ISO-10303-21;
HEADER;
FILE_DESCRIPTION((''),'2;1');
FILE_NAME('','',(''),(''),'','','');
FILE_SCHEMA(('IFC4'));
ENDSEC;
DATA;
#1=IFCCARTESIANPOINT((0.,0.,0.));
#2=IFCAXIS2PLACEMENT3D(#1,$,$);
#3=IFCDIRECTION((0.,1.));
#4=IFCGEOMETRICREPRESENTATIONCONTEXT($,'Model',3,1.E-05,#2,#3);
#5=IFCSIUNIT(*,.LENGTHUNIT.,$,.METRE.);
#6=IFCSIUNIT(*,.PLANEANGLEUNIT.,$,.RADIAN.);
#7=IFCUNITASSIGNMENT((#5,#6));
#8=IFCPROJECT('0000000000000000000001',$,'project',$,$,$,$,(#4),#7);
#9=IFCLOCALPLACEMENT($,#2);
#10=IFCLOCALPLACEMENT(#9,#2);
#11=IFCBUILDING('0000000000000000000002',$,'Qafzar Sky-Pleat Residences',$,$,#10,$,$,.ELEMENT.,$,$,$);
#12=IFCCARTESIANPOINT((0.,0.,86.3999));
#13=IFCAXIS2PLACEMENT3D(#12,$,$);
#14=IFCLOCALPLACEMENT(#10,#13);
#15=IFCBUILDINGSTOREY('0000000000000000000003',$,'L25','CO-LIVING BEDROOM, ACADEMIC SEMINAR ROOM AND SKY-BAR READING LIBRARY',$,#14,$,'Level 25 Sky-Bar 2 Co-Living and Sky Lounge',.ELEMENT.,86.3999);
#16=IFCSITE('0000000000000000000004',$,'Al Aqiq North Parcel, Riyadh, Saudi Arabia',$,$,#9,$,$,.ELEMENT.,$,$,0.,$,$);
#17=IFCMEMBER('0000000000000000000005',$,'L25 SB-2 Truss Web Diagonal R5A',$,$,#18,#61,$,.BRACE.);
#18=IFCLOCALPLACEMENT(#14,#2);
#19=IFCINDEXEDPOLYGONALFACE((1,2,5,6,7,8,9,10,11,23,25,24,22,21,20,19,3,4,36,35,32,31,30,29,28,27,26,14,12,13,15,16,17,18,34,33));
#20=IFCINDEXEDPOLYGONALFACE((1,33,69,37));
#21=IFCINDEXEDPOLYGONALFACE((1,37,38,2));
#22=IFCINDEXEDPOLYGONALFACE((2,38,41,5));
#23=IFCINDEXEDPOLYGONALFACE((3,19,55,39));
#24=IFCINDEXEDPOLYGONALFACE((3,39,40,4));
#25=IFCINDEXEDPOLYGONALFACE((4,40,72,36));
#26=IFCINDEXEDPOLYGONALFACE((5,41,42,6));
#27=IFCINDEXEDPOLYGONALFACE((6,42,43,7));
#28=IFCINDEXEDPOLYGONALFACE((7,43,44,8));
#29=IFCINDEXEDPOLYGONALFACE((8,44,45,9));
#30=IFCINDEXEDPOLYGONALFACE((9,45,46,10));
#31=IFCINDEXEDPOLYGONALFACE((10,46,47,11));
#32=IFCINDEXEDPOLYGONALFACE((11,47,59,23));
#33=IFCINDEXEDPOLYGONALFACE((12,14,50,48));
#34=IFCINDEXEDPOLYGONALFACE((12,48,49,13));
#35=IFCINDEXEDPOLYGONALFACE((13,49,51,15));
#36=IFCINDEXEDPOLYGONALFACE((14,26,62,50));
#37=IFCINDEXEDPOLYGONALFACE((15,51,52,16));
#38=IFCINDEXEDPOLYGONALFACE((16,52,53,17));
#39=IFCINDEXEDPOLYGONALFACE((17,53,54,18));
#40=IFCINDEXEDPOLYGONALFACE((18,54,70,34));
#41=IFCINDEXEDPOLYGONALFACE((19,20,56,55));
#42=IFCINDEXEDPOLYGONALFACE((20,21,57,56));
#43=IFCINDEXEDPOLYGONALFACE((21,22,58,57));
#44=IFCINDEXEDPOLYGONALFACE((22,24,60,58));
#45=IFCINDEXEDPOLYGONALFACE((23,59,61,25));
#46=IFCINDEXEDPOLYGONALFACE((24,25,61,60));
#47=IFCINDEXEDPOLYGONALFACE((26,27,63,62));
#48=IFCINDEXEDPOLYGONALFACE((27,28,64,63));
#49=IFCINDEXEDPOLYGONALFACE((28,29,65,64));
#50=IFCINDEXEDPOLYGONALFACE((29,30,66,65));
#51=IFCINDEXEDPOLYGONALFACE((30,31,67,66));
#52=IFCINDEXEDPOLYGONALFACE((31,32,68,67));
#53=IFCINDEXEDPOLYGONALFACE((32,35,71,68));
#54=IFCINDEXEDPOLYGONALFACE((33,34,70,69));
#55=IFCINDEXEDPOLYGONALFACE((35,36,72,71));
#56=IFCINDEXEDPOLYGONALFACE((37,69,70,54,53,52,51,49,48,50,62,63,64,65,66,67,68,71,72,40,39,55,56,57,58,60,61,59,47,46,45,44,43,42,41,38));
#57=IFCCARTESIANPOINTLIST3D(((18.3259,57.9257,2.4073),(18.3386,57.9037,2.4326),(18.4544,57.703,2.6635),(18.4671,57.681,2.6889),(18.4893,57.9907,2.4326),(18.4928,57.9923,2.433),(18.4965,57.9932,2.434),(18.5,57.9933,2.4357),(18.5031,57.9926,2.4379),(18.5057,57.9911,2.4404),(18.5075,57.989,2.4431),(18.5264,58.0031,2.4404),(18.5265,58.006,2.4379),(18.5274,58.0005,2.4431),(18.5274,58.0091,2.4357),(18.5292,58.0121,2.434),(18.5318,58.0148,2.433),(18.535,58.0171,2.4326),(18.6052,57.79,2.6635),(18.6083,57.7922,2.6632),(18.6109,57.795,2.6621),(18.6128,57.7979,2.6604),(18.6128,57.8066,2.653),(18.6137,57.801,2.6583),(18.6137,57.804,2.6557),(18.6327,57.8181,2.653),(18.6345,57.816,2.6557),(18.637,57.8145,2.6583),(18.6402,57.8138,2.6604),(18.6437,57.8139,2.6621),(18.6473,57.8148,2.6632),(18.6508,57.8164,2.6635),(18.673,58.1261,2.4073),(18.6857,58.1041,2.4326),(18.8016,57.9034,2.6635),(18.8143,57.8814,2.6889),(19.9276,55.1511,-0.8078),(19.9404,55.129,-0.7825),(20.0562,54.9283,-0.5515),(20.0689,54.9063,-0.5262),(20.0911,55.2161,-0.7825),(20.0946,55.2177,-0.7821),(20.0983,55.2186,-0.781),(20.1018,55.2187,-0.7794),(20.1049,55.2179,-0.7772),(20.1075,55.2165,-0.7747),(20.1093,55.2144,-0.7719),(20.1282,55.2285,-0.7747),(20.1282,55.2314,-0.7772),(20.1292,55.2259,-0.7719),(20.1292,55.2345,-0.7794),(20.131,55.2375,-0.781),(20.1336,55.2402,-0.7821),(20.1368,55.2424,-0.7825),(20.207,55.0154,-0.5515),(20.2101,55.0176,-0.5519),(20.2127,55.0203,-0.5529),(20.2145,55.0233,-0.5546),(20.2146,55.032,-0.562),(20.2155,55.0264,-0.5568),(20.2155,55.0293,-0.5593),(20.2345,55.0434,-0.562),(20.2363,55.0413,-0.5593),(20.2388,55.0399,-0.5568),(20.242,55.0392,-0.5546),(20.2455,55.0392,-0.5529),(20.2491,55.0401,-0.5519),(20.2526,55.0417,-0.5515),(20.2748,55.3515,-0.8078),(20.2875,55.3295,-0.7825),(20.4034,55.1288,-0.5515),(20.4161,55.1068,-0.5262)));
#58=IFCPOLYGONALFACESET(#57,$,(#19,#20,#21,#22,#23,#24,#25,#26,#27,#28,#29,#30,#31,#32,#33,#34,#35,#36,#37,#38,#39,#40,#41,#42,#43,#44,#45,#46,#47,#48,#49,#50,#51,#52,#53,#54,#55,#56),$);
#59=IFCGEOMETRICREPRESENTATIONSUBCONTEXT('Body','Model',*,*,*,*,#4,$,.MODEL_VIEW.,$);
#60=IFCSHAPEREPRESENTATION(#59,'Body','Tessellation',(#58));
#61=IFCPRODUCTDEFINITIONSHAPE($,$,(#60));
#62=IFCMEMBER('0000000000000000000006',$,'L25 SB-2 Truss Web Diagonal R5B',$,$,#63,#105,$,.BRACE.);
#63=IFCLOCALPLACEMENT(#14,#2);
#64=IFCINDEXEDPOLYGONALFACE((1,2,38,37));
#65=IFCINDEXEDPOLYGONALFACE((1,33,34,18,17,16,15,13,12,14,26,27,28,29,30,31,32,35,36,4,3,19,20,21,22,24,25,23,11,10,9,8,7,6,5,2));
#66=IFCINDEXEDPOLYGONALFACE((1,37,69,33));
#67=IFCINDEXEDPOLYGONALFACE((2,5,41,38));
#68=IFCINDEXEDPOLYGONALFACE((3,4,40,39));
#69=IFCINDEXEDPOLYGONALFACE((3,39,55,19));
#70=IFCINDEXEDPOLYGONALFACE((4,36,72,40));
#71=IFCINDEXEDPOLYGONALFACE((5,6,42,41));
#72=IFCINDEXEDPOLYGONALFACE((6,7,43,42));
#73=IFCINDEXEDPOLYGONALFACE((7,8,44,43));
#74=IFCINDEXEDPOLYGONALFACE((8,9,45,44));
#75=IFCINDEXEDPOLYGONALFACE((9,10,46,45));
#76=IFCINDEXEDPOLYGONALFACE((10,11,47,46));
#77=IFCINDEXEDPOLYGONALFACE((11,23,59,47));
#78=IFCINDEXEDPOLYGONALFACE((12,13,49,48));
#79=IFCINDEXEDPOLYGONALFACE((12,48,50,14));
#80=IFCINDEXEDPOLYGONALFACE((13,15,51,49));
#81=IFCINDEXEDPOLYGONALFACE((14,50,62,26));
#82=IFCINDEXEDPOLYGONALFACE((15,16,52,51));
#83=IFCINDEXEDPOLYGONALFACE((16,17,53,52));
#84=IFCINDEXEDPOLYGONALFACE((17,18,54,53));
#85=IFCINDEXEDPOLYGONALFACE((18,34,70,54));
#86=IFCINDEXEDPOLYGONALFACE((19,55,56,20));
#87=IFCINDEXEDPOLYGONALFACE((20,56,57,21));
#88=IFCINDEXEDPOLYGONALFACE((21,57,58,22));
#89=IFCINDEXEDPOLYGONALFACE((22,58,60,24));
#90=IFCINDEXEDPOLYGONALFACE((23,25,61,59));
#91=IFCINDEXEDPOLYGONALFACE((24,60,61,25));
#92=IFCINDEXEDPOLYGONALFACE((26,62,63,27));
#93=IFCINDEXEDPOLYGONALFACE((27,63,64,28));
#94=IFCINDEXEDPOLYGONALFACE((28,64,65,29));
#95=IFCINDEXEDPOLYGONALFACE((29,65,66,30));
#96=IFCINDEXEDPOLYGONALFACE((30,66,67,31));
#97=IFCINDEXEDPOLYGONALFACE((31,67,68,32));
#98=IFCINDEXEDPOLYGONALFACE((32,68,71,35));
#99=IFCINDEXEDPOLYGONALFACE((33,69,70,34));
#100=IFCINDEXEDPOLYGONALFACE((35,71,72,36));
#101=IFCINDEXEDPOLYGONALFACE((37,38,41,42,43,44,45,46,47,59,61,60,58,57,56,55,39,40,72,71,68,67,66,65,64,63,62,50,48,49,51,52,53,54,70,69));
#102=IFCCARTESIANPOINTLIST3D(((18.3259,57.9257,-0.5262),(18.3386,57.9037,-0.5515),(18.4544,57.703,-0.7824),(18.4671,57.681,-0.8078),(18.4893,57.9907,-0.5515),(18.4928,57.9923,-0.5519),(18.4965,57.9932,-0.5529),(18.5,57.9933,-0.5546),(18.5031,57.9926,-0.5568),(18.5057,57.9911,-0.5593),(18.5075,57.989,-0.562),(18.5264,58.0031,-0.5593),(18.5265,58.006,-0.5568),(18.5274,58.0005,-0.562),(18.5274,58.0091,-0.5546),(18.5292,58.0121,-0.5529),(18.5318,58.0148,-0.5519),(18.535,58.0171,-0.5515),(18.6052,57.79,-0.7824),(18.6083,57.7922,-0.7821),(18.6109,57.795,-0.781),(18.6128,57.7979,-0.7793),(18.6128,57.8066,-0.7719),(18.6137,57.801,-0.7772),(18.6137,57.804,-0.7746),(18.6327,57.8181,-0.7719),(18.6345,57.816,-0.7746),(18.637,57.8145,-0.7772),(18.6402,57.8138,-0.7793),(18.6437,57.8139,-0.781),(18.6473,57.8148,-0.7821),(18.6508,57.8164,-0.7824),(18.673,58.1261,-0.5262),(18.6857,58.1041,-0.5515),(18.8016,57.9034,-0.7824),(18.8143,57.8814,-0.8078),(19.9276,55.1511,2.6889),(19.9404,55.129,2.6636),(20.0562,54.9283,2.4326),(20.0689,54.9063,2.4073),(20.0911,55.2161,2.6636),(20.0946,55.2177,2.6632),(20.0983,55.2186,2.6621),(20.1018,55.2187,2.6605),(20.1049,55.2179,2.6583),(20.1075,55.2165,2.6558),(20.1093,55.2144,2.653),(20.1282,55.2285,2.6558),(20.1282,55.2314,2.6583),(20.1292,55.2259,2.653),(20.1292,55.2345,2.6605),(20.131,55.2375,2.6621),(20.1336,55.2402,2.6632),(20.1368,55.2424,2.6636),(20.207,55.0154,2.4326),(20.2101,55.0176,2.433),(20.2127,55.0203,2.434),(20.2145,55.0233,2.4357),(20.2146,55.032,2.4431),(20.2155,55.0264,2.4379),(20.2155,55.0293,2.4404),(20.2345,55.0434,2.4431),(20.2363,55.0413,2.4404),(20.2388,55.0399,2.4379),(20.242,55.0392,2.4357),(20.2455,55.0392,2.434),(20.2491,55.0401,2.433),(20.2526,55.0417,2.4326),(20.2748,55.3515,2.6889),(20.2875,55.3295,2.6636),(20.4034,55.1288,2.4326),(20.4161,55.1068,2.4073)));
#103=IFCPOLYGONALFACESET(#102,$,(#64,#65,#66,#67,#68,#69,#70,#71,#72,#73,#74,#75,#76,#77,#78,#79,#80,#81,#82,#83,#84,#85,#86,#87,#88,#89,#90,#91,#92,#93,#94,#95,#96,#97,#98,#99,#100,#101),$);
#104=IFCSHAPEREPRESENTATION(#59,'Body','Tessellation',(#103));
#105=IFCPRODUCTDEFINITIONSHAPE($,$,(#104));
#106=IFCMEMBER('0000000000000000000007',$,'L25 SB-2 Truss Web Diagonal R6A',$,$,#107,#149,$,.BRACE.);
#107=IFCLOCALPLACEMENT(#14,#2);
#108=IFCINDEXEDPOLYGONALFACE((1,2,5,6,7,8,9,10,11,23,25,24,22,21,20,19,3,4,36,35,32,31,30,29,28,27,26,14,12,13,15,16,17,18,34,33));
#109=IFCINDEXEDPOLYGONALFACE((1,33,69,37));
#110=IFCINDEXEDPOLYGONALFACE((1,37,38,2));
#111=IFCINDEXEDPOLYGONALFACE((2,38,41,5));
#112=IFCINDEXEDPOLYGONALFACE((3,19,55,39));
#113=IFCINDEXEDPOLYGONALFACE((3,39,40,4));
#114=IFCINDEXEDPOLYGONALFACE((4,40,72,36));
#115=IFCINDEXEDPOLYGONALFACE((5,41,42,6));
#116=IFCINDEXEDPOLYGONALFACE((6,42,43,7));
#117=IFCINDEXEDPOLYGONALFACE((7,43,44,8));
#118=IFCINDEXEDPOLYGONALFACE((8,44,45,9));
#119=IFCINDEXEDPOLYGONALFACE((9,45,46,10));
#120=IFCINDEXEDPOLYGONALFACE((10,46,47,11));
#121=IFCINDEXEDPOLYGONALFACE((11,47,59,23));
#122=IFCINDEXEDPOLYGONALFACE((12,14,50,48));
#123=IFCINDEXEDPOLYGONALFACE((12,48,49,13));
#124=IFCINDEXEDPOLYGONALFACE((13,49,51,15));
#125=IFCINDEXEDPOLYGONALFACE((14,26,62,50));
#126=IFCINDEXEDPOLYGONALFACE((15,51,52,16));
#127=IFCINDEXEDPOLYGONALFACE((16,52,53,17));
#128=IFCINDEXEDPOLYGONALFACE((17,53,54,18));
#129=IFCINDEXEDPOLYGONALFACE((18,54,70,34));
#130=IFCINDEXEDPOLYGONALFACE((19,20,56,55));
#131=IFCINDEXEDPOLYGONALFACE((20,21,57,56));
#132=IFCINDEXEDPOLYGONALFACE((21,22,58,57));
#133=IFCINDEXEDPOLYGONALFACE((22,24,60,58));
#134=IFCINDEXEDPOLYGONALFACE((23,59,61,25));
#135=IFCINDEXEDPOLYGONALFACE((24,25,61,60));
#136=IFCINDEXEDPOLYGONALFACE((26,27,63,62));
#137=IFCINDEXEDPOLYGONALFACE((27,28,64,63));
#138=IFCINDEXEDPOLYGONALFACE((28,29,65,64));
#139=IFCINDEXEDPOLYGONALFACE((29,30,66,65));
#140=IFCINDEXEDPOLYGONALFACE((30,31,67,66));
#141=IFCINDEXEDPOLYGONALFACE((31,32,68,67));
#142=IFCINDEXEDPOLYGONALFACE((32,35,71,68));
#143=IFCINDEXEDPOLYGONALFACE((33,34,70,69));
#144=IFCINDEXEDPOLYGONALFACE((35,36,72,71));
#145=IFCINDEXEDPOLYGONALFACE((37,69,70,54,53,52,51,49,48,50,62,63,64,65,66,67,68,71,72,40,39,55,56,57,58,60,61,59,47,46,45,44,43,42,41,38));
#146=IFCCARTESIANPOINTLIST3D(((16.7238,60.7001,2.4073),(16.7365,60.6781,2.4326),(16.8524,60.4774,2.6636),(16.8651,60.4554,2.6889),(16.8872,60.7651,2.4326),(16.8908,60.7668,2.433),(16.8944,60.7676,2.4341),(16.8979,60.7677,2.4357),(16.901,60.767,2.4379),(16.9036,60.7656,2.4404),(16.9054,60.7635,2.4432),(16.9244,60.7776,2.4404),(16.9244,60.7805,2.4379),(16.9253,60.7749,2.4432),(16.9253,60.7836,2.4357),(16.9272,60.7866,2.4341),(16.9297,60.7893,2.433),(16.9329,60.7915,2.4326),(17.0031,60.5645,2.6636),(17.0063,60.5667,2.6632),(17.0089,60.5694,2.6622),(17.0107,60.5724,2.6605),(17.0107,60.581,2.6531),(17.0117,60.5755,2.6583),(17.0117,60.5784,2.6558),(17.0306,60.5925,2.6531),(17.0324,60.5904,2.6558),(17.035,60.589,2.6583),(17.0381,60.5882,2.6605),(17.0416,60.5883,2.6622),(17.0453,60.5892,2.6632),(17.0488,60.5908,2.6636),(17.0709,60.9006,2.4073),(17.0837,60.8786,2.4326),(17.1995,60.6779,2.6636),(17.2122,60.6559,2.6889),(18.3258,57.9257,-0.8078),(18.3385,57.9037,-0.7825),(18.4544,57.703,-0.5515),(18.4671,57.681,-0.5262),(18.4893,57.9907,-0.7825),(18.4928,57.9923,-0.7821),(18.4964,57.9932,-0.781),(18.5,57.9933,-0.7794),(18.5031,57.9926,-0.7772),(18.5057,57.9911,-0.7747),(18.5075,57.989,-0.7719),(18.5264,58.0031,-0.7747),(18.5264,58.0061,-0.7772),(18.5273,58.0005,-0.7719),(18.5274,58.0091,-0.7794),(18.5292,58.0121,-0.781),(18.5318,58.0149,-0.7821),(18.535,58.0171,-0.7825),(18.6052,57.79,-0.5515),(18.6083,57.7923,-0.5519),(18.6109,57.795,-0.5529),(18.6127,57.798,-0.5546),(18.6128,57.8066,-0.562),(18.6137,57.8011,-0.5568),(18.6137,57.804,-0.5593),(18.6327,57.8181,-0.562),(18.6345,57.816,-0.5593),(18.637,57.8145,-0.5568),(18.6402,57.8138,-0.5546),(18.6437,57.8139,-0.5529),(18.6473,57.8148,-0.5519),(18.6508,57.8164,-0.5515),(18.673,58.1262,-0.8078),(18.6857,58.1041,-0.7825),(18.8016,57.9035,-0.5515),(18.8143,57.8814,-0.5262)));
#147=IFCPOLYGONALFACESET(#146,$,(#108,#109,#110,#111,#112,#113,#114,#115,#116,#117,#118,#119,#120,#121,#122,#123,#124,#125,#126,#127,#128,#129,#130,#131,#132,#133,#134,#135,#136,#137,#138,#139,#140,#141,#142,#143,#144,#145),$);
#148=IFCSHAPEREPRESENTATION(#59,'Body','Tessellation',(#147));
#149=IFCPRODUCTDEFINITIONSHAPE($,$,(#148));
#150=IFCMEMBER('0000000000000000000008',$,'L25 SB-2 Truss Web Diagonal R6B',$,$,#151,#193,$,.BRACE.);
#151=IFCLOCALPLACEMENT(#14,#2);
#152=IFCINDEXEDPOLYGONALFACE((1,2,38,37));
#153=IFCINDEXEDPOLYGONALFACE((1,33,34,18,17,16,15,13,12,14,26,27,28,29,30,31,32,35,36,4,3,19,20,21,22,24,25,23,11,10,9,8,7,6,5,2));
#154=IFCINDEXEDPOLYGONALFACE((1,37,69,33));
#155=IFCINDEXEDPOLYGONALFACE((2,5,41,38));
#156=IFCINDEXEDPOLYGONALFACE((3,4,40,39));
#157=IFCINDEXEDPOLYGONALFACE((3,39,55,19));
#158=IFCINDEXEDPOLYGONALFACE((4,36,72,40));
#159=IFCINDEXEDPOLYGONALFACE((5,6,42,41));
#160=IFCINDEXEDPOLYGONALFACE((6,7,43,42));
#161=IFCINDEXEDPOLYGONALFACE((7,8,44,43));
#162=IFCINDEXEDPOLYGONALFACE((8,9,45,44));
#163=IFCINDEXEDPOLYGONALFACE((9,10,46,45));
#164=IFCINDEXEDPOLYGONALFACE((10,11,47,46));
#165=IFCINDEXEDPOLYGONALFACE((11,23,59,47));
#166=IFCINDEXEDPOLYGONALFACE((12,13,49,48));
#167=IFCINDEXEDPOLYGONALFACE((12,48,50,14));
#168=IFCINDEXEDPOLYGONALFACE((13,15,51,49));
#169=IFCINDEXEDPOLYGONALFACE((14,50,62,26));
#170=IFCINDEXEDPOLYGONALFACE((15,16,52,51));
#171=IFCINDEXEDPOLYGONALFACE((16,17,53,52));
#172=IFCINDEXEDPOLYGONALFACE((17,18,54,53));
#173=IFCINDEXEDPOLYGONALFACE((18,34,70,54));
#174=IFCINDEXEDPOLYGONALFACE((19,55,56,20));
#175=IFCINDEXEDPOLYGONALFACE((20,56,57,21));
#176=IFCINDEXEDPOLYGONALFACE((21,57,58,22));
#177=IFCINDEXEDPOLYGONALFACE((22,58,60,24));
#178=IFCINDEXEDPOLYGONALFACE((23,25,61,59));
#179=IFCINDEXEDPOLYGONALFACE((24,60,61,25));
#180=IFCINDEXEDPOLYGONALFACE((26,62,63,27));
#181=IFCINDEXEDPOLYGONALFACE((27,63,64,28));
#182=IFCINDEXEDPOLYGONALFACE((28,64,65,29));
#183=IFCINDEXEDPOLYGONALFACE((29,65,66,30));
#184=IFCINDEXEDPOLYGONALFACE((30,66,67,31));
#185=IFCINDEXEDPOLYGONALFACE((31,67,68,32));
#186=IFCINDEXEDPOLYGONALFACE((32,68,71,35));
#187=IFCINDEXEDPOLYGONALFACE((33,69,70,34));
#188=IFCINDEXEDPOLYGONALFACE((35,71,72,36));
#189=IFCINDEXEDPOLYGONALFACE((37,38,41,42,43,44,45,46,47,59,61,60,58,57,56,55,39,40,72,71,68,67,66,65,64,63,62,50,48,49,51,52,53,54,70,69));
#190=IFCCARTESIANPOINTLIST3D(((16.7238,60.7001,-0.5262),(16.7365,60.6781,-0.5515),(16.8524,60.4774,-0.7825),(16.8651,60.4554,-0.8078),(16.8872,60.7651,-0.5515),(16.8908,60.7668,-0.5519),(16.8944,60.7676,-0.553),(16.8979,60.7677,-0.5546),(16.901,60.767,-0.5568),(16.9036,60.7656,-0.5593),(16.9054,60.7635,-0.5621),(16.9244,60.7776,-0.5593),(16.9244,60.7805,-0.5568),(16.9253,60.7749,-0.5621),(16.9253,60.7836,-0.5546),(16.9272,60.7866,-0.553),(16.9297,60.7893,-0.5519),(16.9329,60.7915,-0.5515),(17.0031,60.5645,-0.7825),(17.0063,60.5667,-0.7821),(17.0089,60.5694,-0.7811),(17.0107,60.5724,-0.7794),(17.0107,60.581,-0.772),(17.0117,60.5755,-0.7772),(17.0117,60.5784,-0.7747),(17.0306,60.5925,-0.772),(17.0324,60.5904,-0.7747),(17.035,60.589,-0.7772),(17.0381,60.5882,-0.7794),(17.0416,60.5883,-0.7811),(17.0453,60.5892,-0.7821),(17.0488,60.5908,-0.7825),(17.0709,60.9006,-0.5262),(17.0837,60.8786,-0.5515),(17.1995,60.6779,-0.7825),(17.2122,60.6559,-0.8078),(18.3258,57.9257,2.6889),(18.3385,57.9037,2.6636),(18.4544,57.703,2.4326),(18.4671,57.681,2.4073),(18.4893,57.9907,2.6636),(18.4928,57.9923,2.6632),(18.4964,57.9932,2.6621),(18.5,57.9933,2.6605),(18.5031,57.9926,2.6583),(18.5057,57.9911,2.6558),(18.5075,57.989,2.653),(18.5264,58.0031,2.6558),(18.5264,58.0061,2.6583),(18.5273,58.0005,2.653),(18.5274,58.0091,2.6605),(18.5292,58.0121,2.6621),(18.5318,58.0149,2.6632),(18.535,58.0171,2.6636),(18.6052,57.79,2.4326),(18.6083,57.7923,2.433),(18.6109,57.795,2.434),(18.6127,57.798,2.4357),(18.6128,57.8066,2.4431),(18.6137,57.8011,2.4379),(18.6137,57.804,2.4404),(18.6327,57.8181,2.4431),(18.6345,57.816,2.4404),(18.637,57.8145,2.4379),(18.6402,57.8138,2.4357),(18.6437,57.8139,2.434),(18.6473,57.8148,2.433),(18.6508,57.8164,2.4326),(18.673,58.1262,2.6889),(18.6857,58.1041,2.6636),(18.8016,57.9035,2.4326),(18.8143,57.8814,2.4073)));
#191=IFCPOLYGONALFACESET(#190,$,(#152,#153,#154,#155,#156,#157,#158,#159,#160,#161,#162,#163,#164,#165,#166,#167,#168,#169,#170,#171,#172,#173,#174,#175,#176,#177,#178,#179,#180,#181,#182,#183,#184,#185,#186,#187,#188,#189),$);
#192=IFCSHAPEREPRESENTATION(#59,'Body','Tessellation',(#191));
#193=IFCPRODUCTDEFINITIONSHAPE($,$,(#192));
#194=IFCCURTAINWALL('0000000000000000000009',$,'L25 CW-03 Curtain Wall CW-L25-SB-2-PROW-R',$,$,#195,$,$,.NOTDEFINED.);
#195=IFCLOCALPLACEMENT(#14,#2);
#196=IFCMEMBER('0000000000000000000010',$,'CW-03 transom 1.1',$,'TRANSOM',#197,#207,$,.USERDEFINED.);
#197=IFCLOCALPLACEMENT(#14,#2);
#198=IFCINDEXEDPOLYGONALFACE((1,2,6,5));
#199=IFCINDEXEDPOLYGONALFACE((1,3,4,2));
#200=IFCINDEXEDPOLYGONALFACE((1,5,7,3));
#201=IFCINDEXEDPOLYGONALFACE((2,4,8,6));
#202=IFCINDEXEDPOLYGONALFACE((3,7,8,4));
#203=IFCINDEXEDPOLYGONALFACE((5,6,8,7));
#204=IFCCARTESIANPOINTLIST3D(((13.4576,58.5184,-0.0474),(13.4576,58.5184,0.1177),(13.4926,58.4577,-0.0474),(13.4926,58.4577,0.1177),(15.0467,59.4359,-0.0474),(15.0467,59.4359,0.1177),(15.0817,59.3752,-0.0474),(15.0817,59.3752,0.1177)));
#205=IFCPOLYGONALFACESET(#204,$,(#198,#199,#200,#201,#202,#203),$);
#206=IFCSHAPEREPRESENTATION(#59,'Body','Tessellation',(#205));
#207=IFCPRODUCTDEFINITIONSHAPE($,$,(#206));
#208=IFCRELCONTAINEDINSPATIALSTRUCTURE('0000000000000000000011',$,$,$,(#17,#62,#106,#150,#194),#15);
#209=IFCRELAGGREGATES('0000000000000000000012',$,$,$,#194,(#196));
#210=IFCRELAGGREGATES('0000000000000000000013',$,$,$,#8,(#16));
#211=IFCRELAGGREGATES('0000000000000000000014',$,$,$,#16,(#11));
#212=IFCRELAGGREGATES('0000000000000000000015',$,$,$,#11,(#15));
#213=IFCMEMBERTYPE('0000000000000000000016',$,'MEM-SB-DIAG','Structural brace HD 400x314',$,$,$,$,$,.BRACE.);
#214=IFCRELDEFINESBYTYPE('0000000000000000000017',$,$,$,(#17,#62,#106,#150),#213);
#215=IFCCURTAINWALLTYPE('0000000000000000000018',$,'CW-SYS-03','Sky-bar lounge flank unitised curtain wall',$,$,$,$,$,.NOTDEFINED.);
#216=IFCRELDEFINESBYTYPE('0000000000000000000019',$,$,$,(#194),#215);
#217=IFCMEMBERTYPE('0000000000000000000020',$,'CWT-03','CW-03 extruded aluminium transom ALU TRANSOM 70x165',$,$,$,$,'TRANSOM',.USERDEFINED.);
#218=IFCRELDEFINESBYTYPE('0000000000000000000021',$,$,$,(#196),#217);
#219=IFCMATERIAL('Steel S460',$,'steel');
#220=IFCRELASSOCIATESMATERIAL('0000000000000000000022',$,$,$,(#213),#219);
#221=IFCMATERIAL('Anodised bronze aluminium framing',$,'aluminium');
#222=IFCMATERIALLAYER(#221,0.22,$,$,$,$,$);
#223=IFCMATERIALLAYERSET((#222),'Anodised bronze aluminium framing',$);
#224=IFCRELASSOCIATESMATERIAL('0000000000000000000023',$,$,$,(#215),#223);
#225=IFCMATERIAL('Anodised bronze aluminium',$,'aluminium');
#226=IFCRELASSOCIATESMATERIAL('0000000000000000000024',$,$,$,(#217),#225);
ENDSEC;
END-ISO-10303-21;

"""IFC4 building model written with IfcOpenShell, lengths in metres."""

from ifc_helpers import new_model, si_unit, direction, frame, origin, origin_2d, place, context, subcontext, project, spatial, rectangle, i_section, extrude, source, transform, mapped, material, layer, layer_set, material_profile, profile_set, type_object, element, aggregate, save


model = new_model("IFC4")

# Units and contexts
model_context = context("Model", 3, precision=1e-05, world=origin(), true_north=direction((0.0, 1.0)))
body_context = subcontext(model_context, "Body", "Model", "MODEL_VIEW")
ifc_project = project(units=[si_unit("LENGTHUNIT", "METRE"), si_unit("PLANEANGLEUNIT", "RADIAN")], contexts=[model_context])

# Site, building, storey
site_placement = place(None, origin())
site = spatial("IfcSite", under=ifc_project, at=site_placement, Name="Al Aqiq North Parcel, Riyadh, Saudi Arabia", CompositionType="ELEMENT", RefElevation=0.0)
building_placement = place(site_placement, origin())
building = spatial("IfcBuilding", under=site, at=building_placement, Name="Qafzar Sky-Pleat Residences", CompositionType="ELEMENT")
storey_placement = place(building_placement, frame((0.0, 0.0, 86.3999)))
storey = spatial("IfcBuildingStorey", under=building, at=storey_placement, Name="L25", Description="CO-LIVING BEDROOM, ACADEMIC SEMINAR ROOM AND SKY-BAR READING LIBRARY", LongName="Level 25 Sky-Bar 2 Co-Living and Sky Lounge", CompositionType="ELEMENT", Elevation=86.3999)

# Members
ifc_material_1 = material(Name="Steel S460", Category="steel")
ifc_material_profile_1 = material_profile(ifc_material_1, i_section(OverallWidth=0.4009, OverallDepth=0.3989, WebThickness=0.0229, FlangeThickness=0.0359, FilletRadius=0.0149, at=origin_2d()), Name="HD 400x314")
ifc_profile_set_1 = profile_set([ifc_material_profile_1], Name="Steel S460")
member_type_1 = type_object("IfcMemberType", Name="MEM-SB-DIAG", Description="Structural brace HD 400x314", PredefinedType="BRACE", material=ifc_profile_set_1)
shared_shape_1 = source(origin(), body_context, "Body", "SweptSolid", [
    extrude(i_section(OverallWidth=0.4009, OverallDepth=0.3989, WebThickness=0.0229, FlangeThickness=0.0359, FilletRadius=0.0149, at=origin_2d()), origin(), (0.0, 0.0, 1.0), 4.5388),
])
for number, where, z_axis, x_axis, name in (
    (1, (20.1719, 55.1289, -0.667), (-0.352909, 0.611311, 0.708346), (-0.866045, -0.499967, 0.0), "L25 SB-2 Truss Web Diagonal R5A"),
    (2, (20.1719, 55.1289, 2.5481), (-0.352909, 0.611311, -0.708346), (-0.866045, -0.499967, 0.0), "L25 SB-2 Truss Web Diagonal R5B"),
    (3, (18.5701, 57.9036, -0.667), (-0.352968, 0.611266, 0.708356), (-0.865993, -0.500057, 0.0), "L25 SB-2 Truss Web Diagonal R6A"),
    (4, (18.5701, 57.9036, 2.5481), (-0.352968, 0.611266, -0.708356), (-0.865993, -0.500057, 0.0), "L25 SB-2 Truss Web Diagonal R6B"),
):
    element("IfcMember", number, at=place(storey_placement, frame(where, z_axis=z_axis, x_axis=x_axis)), inside=storey, type_object=member_type_1, Name=name, PredefinedType="BRACE", context=body_context, shape_type="MappedRepresentation", body=[
        mapped(shared_shape_1, transform((0.0, 0.0, 0.0), x_axis=(1.0, 0.0, 0.0), y_axis=(0.0, 1.0, 0.0), z_axis=(0.0, 0.0, 1.0), scale=1.0)),
    ])

# Curtain wall, member
ifc_material_2 = material(Name="Anodised bronze aluminium framing", Category="aluminium")
ifc_layer_1 = layer(ifc_material_2, 0.22)
ifc_layer_set_1 = layer_set([ifc_layer_1], Name="Anodised bronze aluminium framing")
curtain_wall_type = type_object("IfcCurtainWallType", Name="CW-SYS-03", Description="Sky-bar lounge flank unitised curtain wall", PredefinedType="NOTDEFINED", material=ifc_layer_set_1)
curtain_wall_placement = place(storey_placement, origin())
curtain_wall = element("IfcCurtainWall", 5, at=curtain_wall_placement, inside=storey, type_object=curtain_wall_type, Name="L25 CW-03 Curtain Wall CW-L25-SB-2-PROW-R", PredefinedType="NOTDEFINED")
ifc_material_3 = material(Name="Anodised bronze aluminium", Category="aluminium")
ifc_material_profile_2 = material_profile(ifc_material_3, rectangle(XDim=0.0701, YDim=0.165, at=origin_2d()), Name="ALU TRANSOM 70x165")
ifc_profile_set_2 = profile_set([ifc_material_profile_2], Name="Anodised bronze aluminium")
member_type_2 = type_object("IfcMemberType", Name="CWT-03", Description="CW-03 extruded aluminium transom ALU TRANSOM 70x165", ElementType="TRANSOM", PredefinedType="USERDEFINED", material=ifc_profile_set_2)
shared_shape_2 = source(origin(), body_context, "Body", "SweptSolid", [
    extrude(rectangle(XDim=0.0701, YDim=0.165, at=origin_2d()), origin(), (0.0, 0.0, 1.0), 1.835),
])
member_1_placement = place(storey_placement, frame((13.4751, 58.488, 0.0352), z_axis=(0.866024, 0.500003, 0.0), x_axis=(-0.500003, 0.866024, 0.0)))
member_1 = element("IfcMember", 6, at=member_1_placement, type_object=member_type_2, Name="CW-03 transom 1.1", ObjectType="TRANSOM", PredefinedType="USERDEFINED", context=body_context, shape_type="MappedRepresentation", body=[
    mapped(shared_shape_2, transform((0.0, 0.0, 0.0), x_axis=(1.0, 0.0, 0.0), y_axis=(0.0, 1.0, 0.0), z_axis=(0.0, 0.0, 1.0), scale=1.0)),
])
aggregate(curtain_wall, [member_1])

save(model, "model.ifc")
